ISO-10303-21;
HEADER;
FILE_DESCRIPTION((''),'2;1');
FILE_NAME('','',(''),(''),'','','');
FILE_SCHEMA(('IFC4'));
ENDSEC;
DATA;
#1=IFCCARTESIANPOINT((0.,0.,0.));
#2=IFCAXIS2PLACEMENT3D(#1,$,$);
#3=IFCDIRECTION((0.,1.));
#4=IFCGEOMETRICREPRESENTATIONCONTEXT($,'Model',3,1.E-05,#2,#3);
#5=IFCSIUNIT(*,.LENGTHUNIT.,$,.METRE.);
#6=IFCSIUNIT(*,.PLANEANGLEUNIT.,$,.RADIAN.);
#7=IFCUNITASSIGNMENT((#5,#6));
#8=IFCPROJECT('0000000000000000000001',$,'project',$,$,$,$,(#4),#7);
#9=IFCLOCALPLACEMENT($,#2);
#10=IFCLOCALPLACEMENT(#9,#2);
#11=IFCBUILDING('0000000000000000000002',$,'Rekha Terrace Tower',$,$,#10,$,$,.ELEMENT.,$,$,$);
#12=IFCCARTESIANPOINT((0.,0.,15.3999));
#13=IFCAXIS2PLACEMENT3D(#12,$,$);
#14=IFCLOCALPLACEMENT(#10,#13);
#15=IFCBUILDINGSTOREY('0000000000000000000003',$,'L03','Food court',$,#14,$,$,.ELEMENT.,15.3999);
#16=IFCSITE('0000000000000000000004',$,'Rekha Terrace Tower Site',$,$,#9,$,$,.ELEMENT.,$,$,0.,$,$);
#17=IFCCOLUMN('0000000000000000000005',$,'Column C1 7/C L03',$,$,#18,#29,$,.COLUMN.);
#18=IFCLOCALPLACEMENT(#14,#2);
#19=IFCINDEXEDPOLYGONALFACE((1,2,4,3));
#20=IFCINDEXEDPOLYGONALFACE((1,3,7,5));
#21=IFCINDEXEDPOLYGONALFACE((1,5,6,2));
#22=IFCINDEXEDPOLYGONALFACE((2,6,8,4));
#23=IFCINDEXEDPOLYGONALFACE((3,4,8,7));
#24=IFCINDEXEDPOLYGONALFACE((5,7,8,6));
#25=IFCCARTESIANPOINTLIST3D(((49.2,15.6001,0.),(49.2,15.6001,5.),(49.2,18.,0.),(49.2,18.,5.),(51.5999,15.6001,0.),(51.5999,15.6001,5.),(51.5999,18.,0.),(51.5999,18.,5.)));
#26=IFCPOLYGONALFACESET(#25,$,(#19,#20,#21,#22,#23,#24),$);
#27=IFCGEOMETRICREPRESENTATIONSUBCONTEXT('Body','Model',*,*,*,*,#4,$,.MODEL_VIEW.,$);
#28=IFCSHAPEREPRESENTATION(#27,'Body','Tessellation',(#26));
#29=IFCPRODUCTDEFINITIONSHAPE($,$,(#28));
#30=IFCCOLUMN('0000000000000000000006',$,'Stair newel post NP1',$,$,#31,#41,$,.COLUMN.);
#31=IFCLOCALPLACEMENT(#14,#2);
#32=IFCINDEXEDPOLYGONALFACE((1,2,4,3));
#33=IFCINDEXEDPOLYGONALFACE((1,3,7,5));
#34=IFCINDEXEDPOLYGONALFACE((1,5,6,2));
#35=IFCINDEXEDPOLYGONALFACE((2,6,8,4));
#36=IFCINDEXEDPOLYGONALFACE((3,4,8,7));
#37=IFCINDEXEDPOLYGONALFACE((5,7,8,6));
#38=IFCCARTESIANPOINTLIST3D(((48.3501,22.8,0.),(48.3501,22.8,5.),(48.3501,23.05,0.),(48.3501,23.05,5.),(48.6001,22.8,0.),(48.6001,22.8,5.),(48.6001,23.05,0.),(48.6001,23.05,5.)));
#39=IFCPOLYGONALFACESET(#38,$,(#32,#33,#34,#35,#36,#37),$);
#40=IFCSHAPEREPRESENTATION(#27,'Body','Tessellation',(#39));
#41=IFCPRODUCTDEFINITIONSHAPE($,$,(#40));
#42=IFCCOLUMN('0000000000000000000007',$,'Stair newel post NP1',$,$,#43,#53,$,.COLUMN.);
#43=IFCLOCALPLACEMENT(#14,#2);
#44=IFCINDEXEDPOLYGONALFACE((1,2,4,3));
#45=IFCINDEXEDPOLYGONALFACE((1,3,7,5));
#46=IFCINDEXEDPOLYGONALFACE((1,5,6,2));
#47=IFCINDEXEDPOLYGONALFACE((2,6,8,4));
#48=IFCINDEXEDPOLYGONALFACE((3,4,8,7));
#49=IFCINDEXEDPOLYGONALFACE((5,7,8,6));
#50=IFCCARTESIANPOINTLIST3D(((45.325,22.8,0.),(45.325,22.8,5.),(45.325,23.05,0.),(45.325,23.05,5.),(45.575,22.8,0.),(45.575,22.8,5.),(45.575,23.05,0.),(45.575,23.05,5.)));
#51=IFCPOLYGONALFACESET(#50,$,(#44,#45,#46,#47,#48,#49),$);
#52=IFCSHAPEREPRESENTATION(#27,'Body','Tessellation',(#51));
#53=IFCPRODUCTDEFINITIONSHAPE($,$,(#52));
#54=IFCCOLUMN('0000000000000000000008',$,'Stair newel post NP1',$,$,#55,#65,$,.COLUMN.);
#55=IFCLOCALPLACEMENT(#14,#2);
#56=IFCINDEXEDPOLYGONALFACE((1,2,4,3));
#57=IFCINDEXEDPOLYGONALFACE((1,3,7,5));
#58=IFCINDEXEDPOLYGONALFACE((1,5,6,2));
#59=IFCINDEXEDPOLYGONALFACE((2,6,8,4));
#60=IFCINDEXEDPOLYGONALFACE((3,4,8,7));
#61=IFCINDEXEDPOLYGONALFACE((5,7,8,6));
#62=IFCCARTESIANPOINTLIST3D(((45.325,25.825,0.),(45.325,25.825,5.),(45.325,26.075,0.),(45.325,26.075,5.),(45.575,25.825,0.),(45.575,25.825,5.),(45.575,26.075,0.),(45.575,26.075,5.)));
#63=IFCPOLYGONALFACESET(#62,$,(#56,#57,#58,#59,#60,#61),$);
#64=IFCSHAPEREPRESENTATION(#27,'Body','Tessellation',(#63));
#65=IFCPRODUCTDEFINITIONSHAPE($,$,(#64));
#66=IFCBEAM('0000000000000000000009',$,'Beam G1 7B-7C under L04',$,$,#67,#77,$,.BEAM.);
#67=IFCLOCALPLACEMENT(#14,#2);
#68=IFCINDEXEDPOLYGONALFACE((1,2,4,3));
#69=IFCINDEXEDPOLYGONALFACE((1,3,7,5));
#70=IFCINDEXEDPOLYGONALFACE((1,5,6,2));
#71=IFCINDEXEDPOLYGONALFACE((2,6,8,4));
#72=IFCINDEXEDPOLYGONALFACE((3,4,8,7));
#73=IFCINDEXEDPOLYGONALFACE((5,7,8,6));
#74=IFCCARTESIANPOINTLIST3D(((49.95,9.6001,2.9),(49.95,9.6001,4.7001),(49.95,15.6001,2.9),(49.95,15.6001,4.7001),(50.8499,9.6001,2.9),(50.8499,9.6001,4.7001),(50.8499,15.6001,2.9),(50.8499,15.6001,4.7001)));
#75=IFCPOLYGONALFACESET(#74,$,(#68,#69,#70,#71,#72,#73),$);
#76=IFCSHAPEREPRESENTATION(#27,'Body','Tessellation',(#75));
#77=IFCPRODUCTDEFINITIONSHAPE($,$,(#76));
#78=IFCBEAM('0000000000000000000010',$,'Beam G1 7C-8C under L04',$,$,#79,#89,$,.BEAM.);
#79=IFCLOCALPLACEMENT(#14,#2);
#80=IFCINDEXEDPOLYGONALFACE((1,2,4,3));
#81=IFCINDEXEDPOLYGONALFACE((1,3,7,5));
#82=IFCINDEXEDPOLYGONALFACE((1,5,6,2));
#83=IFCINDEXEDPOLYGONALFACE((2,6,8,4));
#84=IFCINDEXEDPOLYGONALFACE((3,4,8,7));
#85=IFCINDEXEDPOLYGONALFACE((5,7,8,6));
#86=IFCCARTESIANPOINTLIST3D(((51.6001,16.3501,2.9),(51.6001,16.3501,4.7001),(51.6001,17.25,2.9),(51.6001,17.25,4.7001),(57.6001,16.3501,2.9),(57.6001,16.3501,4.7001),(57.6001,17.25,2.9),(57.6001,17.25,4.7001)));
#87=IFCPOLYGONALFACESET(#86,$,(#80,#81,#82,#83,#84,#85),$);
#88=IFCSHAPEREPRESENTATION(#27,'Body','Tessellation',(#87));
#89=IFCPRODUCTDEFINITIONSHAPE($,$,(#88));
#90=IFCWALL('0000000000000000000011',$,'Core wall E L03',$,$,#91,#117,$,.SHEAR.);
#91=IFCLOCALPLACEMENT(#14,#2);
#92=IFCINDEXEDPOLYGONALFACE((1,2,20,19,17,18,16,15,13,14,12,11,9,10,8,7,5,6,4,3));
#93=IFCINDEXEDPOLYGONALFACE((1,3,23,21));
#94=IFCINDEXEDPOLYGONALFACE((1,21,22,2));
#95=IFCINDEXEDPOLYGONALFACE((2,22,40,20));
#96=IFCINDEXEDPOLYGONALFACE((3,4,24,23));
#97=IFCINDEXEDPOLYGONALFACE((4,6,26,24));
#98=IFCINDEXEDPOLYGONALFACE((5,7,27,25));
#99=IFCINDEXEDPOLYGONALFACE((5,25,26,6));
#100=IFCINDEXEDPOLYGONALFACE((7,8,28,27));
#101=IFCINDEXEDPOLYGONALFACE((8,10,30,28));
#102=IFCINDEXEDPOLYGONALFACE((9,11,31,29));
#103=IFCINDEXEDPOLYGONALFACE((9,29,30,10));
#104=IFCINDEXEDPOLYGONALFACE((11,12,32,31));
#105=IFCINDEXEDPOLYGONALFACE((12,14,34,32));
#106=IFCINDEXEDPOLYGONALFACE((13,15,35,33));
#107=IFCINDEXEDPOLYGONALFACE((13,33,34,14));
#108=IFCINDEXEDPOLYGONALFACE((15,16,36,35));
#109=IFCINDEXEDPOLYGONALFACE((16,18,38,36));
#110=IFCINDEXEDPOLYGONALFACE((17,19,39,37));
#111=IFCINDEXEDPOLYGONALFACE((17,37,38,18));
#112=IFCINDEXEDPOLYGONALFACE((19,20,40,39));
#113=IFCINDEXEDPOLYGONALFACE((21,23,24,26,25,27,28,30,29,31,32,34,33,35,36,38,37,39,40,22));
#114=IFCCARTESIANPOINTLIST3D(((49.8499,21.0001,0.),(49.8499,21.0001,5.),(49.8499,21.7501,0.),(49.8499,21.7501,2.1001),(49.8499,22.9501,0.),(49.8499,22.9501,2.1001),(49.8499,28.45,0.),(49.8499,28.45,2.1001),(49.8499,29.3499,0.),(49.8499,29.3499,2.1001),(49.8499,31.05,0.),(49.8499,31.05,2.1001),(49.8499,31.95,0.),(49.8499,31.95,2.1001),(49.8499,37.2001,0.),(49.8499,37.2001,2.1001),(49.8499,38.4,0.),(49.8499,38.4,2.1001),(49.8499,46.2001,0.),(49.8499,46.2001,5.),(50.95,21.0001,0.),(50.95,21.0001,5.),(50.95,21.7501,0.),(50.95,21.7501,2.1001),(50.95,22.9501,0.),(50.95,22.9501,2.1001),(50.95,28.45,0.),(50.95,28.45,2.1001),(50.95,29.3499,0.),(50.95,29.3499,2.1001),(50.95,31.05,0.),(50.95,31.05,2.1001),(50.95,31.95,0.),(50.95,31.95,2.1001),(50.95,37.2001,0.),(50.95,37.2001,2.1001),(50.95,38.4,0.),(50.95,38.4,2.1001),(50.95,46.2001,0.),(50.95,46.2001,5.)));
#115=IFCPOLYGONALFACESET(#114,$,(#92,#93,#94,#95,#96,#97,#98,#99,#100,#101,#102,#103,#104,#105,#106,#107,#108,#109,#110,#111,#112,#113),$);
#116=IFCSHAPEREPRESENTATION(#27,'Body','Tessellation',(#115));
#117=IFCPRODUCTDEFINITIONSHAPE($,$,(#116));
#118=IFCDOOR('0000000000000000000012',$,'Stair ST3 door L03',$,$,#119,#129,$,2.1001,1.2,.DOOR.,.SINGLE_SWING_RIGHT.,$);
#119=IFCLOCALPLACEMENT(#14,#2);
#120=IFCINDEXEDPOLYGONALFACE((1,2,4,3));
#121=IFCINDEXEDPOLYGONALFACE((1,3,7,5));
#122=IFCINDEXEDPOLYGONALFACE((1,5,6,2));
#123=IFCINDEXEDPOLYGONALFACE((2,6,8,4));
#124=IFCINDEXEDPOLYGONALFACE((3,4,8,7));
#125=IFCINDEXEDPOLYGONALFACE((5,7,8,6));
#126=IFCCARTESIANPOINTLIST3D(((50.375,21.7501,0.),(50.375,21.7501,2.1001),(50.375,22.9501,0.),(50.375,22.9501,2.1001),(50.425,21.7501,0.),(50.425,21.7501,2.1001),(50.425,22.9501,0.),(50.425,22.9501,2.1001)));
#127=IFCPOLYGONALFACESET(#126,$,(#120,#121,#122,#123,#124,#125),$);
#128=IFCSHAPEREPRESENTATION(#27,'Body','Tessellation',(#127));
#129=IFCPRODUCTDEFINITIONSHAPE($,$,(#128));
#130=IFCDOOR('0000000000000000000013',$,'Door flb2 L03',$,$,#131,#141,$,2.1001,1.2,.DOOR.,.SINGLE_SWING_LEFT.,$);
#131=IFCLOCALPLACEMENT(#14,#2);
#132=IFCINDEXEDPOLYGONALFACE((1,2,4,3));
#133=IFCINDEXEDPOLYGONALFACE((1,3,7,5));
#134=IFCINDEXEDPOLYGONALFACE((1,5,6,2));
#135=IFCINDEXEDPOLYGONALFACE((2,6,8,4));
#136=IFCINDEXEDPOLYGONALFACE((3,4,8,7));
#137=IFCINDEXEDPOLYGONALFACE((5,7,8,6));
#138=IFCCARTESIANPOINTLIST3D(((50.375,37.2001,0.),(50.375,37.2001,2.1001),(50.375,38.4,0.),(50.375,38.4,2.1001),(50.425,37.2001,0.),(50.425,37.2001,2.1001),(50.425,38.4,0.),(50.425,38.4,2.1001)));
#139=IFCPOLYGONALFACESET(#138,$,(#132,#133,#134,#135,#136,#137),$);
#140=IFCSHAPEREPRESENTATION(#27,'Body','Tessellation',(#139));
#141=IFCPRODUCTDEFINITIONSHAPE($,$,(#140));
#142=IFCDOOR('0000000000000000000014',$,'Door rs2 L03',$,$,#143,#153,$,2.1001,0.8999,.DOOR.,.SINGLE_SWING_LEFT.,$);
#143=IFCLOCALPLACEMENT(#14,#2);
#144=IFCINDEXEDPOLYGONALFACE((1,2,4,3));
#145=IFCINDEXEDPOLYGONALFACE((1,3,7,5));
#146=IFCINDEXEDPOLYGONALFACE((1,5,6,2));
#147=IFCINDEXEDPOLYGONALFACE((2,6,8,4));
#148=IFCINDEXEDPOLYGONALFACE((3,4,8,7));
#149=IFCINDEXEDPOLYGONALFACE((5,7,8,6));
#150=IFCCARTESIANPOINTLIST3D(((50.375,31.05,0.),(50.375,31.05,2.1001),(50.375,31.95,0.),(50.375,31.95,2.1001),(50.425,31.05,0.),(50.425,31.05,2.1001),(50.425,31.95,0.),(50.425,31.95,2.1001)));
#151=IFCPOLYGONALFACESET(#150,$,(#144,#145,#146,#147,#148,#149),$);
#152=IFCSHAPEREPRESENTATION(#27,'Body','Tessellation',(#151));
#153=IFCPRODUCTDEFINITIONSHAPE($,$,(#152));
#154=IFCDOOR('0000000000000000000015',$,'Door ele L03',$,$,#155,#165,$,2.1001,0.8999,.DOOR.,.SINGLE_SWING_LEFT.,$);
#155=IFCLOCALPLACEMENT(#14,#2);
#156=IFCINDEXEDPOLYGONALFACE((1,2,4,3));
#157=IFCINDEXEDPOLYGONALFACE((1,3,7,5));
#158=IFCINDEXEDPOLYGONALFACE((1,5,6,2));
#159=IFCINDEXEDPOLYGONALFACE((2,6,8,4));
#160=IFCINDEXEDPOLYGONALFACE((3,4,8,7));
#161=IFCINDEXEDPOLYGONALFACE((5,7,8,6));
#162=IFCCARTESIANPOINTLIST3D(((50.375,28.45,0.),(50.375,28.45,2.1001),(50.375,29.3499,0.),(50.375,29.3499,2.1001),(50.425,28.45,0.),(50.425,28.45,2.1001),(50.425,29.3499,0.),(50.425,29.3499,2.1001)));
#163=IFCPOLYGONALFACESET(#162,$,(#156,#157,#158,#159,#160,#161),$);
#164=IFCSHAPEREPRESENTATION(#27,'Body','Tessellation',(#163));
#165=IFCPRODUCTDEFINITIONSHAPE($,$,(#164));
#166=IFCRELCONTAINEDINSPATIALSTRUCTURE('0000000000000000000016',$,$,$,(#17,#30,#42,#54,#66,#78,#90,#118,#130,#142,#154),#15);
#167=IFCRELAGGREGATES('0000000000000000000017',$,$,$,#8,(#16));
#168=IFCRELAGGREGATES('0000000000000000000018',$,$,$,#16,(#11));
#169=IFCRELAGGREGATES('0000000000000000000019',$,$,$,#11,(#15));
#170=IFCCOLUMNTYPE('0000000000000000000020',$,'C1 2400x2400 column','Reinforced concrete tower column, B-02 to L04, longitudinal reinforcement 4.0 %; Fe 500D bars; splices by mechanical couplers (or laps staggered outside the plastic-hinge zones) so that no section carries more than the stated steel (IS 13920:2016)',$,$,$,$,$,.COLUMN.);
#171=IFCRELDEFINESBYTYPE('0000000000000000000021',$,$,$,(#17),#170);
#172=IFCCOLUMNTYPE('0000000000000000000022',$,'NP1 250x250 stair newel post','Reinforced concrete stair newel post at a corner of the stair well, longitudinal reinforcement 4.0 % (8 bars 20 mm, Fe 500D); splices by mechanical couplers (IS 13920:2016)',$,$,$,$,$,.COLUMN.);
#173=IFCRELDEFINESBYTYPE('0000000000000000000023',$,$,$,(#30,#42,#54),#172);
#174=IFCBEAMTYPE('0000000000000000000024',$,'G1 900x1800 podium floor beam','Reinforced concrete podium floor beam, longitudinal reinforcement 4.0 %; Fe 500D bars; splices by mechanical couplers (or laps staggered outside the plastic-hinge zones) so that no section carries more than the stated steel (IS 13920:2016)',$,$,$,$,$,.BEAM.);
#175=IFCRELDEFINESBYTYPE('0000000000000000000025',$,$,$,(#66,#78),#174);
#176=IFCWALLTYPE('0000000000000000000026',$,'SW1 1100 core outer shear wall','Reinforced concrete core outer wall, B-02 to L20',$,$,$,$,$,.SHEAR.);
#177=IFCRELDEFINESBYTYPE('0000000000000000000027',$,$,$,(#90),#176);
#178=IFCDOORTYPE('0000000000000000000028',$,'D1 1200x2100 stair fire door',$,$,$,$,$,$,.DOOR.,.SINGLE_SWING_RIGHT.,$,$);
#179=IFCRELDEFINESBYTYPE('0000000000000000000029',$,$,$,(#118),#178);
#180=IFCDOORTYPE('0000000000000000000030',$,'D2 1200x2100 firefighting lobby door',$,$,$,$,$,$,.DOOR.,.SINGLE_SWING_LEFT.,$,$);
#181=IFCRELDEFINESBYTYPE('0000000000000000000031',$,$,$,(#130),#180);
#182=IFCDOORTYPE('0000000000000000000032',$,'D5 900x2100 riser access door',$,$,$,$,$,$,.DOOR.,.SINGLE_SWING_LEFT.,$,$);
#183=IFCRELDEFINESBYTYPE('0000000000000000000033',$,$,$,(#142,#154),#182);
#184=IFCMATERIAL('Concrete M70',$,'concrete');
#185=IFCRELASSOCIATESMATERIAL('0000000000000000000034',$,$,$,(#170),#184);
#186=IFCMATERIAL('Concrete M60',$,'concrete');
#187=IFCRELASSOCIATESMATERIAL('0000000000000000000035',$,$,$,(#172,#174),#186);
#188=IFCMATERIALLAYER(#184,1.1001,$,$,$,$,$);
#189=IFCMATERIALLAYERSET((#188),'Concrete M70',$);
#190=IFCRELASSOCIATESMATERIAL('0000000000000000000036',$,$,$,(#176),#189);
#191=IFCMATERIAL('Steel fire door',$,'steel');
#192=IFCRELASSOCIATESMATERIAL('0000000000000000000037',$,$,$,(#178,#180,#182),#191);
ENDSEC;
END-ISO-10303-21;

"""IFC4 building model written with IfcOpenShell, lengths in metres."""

from ifc_helpers import new_model, si_unit, direction, frame, frame_2d, origin, origin_2d, place, context, subcontext, project, spatial, rectangle, extrude, material, layer, layer_set, material_profile, profile_set, type_object, element, fill, save


model = new_model("IFC4")

# Units and contexts
model_context = context("Model", 3, precision=1e-05, world=origin(), true_north=direction((0.0, 1.0)))
body_context = subcontext(model_context, "Body", "Model", "MODEL_VIEW")
ifc_project = project(units=[si_unit("LENGTHUNIT", "METRE"), si_unit("PLANEANGLEUNIT", "RADIAN")], contexts=[model_context])

# Site, building, storey
site_placement = place(None, origin())
site = spatial("IfcSite", under=ifc_project, at=site_placement, Name="Rekha Terrace Tower Site", CompositionType="ELEMENT", RefElevation=0.0)
building_placement = place(site_placement, origin())
building = spatial("IfcBuilding", under=site, at=building_placement, Name="Rekha Terrace Tower", CompositionType="ELEMENT")
storey_placement = place(building_placement, frame((0.0, 0.0, 15.3999)))
storey = spatial("IfcBuildingStorey", under=building, at=storey_placement, Name="L03", Description="Food court", CompositionType="ELEMENT", Elevation=15.3999)

# Columns
ifc_material_1 = material(Name="Concrete M70", Category="concrete")
ifc_material_profile_1 = material_profile(ifc_material_1, rectangle(XDim=2.3999, YDim=2.3999, at=origin_2d()), Name="RC 2400x2400")
ifc_profile_set_1 = profile_set([ifc_material_profile_1], Name="Concrete M70")
column_type_1 = type_object("IfcColumnType", Name="C1 2400x2400 column", Description="Reinforced concrete tower column, B-02 to L04, longitudinal reinforcement 4.0 %; Fe 500D bars; splices by mechanical couplers (or laps staggered outside the plastic-hinge zones) so that no section carries more than the stated steel (IS 13920:2016)", PredefinedType="COLUMN", material=ifc_profile_set_1)
column_placement = place(storey_placement, frame((50.3999, 16.8, 0.0), z_axis=(0.0, 0.0, 1.0), x_axis=(1.0, 0.0, 0.0)))
element("IfcColumn", 1, at=column_placement, inside=storey, type_object=column_type_1, Name="Column C1 7/C L03", PredefinedType="COLUMN", context=body_context, shape_type="SweptSolid", body=[
    extrude(rectangle(XDim=2.3999, YDim=2.3999, at=origin_2d()), origin(), (0.0, 0.0, 1.0), 5.0),
])
ifc_material_2 = material(Name="Concrete M60", Category="concrete")
ifc_material_profile_2 = material_profile(ifc_material_2, rectangle(XDim=0.25, YDim=0.25, at=origin_2d()), Name="RC 250x250")
ifc_profile_set_2 = profile_set([ifc_material_profile_2], Name="Concrete M60")
column_type_2 = type_object("IfcColumnType", Name="NP1 250x250 stair newel post", Description="Reinforced concrete stair newel post at a corner of the stair well, longitudinal reinforcement 4.0 % (8 bars 20 mm, Fe 500D); splices by mechanical couplers (IS 13920:2016)", PredefinedType="COLUMN", material=ifc_profile_set_2)
for number, where, z_axis, x_axis, name in (
    (2, (48.4751, 22.925, 0.0), (0.0, 0.0, 1.0), (1.0, 0.0, 0.0), "Stair newel post NP1"),
    (3, (45.45, 22.925, 0.0), (0.0, 0.0, 1.0), (1.0, 0.0, 0.0), "Stair newel post NP1"),
    (4, (45.45, 25.95, 0.0), (0.0, 0.0, 1.0), (1.0, 0.0, 0.0), "Stair newel post NP1"),
):
    element("IfcColumn", number, at=place(storey_placement, frame(where, z_axis=z_axis, x_axis=x_axis)), inside=storey, type_object=column_type_2, Name=name, PredefinedType="COLUMN", context=body_context, shape_type="SweptSolid", body=[
        extrude(rectangle(XDim=0.25, YDim=0.25, at=origin_2d()), origin(), (0.0, 0.0, 1.0), 5.0),
    ])

# Beams
ifc_material_profile_3 = material_profile(ifc_material_2, rectangle(XDim=0.8999, YDim=1.8, at=origin_2d()), Name="RC 900x1800")
ifc_profile_set_3 = profile_set([ifc_material_profile_3], Name="Concrete M60")
beam_type = type_object("IfcBeamType", Name="G1 900x1800 podium floor beam", Description="Reinforced concrete podium floor beam, longitudinal reinforcement 4.0 %; Fe 500D bars; splices by mechanical couplers (or laps staggered outside the plastic-hinge zones) so that no section carries more than the stated steel (IS 13920:2016)", PredefinedType="BEAM", material=ifc_profile_set_3)
for number, where, z_axis, x_axis, name in (
    (5, (50.3999, 9.6001, 3.8), (0.0, 1.0, 0.0), (-1.0, 0.0, 0.0), "Beam G1 7B-7C under L04"),
    (6, (51.6001, 16.8, 3.8), (1.0, 0.0, 0.0), (0.0, 1.0, 0.0), "Beam G1 7C-8C under L04"),
):
    element("IfcBeam", number, at=place(storey_placement, frame(where, z_axis=z_axis, x_axis=x_axis)), inside=storey, type_object=beam_type, Name=name, PredefinedType="BEAM", context=body_context, shape_type="SweptSolid", body=[
        extrude(rectangle(XDim=0.8999, YDim=1.8, at=origin_2d()), origin(), (0.0, 0.0, 1.0), 6.0),
    ])

# Wall, openings, doors
ifc_layer_1 = layer(ifc_material_1, 1.1001)
ifc_layer_set_1 = layer_set([ifc_layer_1], Name="Concrete M70")
wall_type_1 = type_object("IfcWallType", Name="SW1 1100 core outer shear wall", Description="Reinforced concrete core outer wall, B-02 to L20", PredefinedType="SHEAR", material=ifc_layer_set_1)
wall_1_placement = place(storey_placement, frame((50.3999, 21.0, 0.0), z_axis=(0.0, 0.0, 1.0), x_axis=(0.0, 1.0, 0.0)))
wall_1 = element("IfcWall", 7, at=wall_1_placement, inside=storey, type_object=wall_type_1, Name="Core wall E L03", PredefinedType="SHEAR", context=body_context, shape_type="SweptSolid", body=[
    extrude(rectangle(XDim=25.2, YDim=1.1001, at=frame_2d((12.6001, 0.0))), origin(), (0.0, 0.0, 1.0), 5.0),
])
opening_1_placement = place(wall_1_placement, frame((16.2, 0.0, 0.0)))
opening_1 = element("IfcOpeningElement", 8, at=opening_1_placement, cuts=wall_1, PredefinedType="OPENING", context=body_context, shape_type="SweptSolid", body=[
    extrude(rectangle(XDim=1.2, YDim=2.1001, at=frame_2d((0.6001, 1.05))), frame((0.0, 0.5601, 0.0), z_axis=(0.0, -1.0, 0.0), x_axis=(1.0, 0.0, 0.0)), (0.0, 0.0, 1.0), 1.1201),
])
opening_2_placement = place(wall_1_placement, frame((10.05, 0.0, 0.0)))
opening_2 = element("IfcOpeningElement", 9, at=opening_2_placement, cuts=wall_1, PredefinedType="OPENING", context=body_context, shape_type="SweptSolid", body=[
    extrude(rectangle(XDim=0.8999, YDim=2.1001, at=frame_2d((0.45, 1.05))), frame((0.0, 0.5601, 0.0), z_axis=(0.0, -1.0, 0.0), x_axis=(1.0, 0.0, 0.0)), (0.0, 0.0, 1.0), 1.1201),
])
opening_3_placement = place(wall_1_placement, frame((7.45, 0.0, 0.0)))
opening_3 = element("IfcOpeningElement", 10, at=opening_3_placement, cuts=wall_1, PredefinedType="OPENING", context=body_context, shape_type="SweptSolid", body=[
    extrude(rectangle(XDim=0.8999, YDim=2.1001, at=frame_2d((0.45, 1.05))), frame((0.0, 0.5601, 0.0), z_axis=(0.0, -1.0, 0.0), x_axis=(1.0, 0.0, 0.0)), (0.0, 0.0, 1.0), 1.1201),
])
opening_4_placement = place(wall_1_placement, frame((0.75, 0.0, 0.0)))
opening_4 = element("IfcOpeningElement", 11, at=opening_4_placement, cuts=wall_1, PredefinedType="OPENING", context=body_context, shape_type="SweptSolid", body=[
    extrude(rectangle(XDim=1.2, YDim=2.1001, at=frame_2d((0.6001, 1.05))), frame((0.0, 0.5601, 0.0), z_axis=(0.0, -1.0, 0.0), x_axis=(1.0, 0.0, 0.0)), (0.0, 0.0, 1.0), 1.1201),
])
ifc_material_3 = material(Name="Steel fire door", Category="steel")
door_type_1 = type_object("IfcDoorType", Name="D1 1200x2100 stair fire door", OperationType="SINGLE_SWING_RIGHT", PredefinedType="DOOR", material=ifc_material_3)
door_1_placement = place(opening_4_placement, origin())
door_1 = element("IfcDoor", 12, at=door_1_placement, inside=storey, type_object=door_type_1, Name="Stair ST3 door L03", OperationType="SINGLE_SWING_RIGHT", OverallHeight=2.1001, OverallWidth=1.2, PredefinedType="DOOR", context=body_context, shape_type="SweptSolid", body=[
    extrude(rectangle(XDim=1.2, YDim=2.1001, at=frame_2d((0.6001, 1.05))), frame((0.0, 0.0249, 0.0), z_axis=(0.0, -1.0, 0.0), x_axis=(1.0, 0.0, 0.0)), (0.0, 0.0, 1.0), 0.05),
])
fill(opening_4, door_1)
door_type_2 = type_object("IfcDoorType", Name="D2 1200x2100 firefighting lobby door", OperationType="SINGLE_SWING_LEFT", PredefinedType="DOOR", material=ifc_material_3)
door_2_placement = place(opening_1_placement, origin())
door_2 = element("IfcDoor", 13, at=door_2_placement, inside=storey, type_object=door_type_2, Name="Door flb2 L03", OperationType="SINGLE_SWING_LEFT", OverallHeight=2.1001, OverallWidth=1.2, PredefinedType="DOOR", context=body_context, shape_type="SweptSolid", body=[
    extrude(rectangle(XDim=1.2, YDim=2.1001, at=frame_2d((0.6001, 1.05))), frame((0.0, 0.0249, 0.0), z_axis=(0.0, -1.0, 0.0), x_axis=(1.0, 0.0, 0.0)), (0.0, 0.0, 1.0), 0.05),
])
fill(opening_1, door_2)
door_type_3 = type_object("IfcDoorType", Name="D5 900x2100 riser access door", OperationType="SINGLE_SWING_LEFT", PredefinedType="DOOR", material=ifc_material_3)
door_3_placement = place(opening_2_placement, origin())
door_3 = element("IfcDoor", 14, at=door_3_placement, inside=storey, type_object=door_type_3, Name="Door rs2 L03", OperationType="SINGLE_SWING_LEFT", OverallHeight=2.1001, OverallWidth=0.8999, PredefinedType="DOOR", context=body_context, shape_type="SweptSolid", body=[
    extrude(rectangle(XDim=0.8999, YDim=2.1001, at=frame_2d((0.45, 1.05))), frame((0.0, 0.0249, 0.0), z_axis=(0.0, -1.0, 0.0), x_axis=(1.0, 0.0, 0.0)), (0.0, 0.0, 1.0), 0.05),
])
fill(opening_2, door_3)
door_4_placement = place(opening_3_placement, origin())
door_4 = element("IfcDoor", 15, at=door_4_placement, inside=storey, type_object=door_type_3, Name="Door ele L03", OperationType="SINGLE_SWING_LEFT", OverallHeight=2.1001, OverallWidth=0.8999, PredefinedType="DOOR", context=body_context, shape_type="SweptSolid", body=[
    extrude(rectangle(XDim=0.8999, YDim=2.1001, at=frame_2d((0.45, 1.05))), frame((0.0, 0.0249, 0.0), z_axis=(0.0, -1.0, 0.0), x_axis=(1.0, 0.0, 0.0)), (0.0, 0.0, 1.0), 0.05),
])
fill(opening_3, door_4)

save(model, "model.ifc")
